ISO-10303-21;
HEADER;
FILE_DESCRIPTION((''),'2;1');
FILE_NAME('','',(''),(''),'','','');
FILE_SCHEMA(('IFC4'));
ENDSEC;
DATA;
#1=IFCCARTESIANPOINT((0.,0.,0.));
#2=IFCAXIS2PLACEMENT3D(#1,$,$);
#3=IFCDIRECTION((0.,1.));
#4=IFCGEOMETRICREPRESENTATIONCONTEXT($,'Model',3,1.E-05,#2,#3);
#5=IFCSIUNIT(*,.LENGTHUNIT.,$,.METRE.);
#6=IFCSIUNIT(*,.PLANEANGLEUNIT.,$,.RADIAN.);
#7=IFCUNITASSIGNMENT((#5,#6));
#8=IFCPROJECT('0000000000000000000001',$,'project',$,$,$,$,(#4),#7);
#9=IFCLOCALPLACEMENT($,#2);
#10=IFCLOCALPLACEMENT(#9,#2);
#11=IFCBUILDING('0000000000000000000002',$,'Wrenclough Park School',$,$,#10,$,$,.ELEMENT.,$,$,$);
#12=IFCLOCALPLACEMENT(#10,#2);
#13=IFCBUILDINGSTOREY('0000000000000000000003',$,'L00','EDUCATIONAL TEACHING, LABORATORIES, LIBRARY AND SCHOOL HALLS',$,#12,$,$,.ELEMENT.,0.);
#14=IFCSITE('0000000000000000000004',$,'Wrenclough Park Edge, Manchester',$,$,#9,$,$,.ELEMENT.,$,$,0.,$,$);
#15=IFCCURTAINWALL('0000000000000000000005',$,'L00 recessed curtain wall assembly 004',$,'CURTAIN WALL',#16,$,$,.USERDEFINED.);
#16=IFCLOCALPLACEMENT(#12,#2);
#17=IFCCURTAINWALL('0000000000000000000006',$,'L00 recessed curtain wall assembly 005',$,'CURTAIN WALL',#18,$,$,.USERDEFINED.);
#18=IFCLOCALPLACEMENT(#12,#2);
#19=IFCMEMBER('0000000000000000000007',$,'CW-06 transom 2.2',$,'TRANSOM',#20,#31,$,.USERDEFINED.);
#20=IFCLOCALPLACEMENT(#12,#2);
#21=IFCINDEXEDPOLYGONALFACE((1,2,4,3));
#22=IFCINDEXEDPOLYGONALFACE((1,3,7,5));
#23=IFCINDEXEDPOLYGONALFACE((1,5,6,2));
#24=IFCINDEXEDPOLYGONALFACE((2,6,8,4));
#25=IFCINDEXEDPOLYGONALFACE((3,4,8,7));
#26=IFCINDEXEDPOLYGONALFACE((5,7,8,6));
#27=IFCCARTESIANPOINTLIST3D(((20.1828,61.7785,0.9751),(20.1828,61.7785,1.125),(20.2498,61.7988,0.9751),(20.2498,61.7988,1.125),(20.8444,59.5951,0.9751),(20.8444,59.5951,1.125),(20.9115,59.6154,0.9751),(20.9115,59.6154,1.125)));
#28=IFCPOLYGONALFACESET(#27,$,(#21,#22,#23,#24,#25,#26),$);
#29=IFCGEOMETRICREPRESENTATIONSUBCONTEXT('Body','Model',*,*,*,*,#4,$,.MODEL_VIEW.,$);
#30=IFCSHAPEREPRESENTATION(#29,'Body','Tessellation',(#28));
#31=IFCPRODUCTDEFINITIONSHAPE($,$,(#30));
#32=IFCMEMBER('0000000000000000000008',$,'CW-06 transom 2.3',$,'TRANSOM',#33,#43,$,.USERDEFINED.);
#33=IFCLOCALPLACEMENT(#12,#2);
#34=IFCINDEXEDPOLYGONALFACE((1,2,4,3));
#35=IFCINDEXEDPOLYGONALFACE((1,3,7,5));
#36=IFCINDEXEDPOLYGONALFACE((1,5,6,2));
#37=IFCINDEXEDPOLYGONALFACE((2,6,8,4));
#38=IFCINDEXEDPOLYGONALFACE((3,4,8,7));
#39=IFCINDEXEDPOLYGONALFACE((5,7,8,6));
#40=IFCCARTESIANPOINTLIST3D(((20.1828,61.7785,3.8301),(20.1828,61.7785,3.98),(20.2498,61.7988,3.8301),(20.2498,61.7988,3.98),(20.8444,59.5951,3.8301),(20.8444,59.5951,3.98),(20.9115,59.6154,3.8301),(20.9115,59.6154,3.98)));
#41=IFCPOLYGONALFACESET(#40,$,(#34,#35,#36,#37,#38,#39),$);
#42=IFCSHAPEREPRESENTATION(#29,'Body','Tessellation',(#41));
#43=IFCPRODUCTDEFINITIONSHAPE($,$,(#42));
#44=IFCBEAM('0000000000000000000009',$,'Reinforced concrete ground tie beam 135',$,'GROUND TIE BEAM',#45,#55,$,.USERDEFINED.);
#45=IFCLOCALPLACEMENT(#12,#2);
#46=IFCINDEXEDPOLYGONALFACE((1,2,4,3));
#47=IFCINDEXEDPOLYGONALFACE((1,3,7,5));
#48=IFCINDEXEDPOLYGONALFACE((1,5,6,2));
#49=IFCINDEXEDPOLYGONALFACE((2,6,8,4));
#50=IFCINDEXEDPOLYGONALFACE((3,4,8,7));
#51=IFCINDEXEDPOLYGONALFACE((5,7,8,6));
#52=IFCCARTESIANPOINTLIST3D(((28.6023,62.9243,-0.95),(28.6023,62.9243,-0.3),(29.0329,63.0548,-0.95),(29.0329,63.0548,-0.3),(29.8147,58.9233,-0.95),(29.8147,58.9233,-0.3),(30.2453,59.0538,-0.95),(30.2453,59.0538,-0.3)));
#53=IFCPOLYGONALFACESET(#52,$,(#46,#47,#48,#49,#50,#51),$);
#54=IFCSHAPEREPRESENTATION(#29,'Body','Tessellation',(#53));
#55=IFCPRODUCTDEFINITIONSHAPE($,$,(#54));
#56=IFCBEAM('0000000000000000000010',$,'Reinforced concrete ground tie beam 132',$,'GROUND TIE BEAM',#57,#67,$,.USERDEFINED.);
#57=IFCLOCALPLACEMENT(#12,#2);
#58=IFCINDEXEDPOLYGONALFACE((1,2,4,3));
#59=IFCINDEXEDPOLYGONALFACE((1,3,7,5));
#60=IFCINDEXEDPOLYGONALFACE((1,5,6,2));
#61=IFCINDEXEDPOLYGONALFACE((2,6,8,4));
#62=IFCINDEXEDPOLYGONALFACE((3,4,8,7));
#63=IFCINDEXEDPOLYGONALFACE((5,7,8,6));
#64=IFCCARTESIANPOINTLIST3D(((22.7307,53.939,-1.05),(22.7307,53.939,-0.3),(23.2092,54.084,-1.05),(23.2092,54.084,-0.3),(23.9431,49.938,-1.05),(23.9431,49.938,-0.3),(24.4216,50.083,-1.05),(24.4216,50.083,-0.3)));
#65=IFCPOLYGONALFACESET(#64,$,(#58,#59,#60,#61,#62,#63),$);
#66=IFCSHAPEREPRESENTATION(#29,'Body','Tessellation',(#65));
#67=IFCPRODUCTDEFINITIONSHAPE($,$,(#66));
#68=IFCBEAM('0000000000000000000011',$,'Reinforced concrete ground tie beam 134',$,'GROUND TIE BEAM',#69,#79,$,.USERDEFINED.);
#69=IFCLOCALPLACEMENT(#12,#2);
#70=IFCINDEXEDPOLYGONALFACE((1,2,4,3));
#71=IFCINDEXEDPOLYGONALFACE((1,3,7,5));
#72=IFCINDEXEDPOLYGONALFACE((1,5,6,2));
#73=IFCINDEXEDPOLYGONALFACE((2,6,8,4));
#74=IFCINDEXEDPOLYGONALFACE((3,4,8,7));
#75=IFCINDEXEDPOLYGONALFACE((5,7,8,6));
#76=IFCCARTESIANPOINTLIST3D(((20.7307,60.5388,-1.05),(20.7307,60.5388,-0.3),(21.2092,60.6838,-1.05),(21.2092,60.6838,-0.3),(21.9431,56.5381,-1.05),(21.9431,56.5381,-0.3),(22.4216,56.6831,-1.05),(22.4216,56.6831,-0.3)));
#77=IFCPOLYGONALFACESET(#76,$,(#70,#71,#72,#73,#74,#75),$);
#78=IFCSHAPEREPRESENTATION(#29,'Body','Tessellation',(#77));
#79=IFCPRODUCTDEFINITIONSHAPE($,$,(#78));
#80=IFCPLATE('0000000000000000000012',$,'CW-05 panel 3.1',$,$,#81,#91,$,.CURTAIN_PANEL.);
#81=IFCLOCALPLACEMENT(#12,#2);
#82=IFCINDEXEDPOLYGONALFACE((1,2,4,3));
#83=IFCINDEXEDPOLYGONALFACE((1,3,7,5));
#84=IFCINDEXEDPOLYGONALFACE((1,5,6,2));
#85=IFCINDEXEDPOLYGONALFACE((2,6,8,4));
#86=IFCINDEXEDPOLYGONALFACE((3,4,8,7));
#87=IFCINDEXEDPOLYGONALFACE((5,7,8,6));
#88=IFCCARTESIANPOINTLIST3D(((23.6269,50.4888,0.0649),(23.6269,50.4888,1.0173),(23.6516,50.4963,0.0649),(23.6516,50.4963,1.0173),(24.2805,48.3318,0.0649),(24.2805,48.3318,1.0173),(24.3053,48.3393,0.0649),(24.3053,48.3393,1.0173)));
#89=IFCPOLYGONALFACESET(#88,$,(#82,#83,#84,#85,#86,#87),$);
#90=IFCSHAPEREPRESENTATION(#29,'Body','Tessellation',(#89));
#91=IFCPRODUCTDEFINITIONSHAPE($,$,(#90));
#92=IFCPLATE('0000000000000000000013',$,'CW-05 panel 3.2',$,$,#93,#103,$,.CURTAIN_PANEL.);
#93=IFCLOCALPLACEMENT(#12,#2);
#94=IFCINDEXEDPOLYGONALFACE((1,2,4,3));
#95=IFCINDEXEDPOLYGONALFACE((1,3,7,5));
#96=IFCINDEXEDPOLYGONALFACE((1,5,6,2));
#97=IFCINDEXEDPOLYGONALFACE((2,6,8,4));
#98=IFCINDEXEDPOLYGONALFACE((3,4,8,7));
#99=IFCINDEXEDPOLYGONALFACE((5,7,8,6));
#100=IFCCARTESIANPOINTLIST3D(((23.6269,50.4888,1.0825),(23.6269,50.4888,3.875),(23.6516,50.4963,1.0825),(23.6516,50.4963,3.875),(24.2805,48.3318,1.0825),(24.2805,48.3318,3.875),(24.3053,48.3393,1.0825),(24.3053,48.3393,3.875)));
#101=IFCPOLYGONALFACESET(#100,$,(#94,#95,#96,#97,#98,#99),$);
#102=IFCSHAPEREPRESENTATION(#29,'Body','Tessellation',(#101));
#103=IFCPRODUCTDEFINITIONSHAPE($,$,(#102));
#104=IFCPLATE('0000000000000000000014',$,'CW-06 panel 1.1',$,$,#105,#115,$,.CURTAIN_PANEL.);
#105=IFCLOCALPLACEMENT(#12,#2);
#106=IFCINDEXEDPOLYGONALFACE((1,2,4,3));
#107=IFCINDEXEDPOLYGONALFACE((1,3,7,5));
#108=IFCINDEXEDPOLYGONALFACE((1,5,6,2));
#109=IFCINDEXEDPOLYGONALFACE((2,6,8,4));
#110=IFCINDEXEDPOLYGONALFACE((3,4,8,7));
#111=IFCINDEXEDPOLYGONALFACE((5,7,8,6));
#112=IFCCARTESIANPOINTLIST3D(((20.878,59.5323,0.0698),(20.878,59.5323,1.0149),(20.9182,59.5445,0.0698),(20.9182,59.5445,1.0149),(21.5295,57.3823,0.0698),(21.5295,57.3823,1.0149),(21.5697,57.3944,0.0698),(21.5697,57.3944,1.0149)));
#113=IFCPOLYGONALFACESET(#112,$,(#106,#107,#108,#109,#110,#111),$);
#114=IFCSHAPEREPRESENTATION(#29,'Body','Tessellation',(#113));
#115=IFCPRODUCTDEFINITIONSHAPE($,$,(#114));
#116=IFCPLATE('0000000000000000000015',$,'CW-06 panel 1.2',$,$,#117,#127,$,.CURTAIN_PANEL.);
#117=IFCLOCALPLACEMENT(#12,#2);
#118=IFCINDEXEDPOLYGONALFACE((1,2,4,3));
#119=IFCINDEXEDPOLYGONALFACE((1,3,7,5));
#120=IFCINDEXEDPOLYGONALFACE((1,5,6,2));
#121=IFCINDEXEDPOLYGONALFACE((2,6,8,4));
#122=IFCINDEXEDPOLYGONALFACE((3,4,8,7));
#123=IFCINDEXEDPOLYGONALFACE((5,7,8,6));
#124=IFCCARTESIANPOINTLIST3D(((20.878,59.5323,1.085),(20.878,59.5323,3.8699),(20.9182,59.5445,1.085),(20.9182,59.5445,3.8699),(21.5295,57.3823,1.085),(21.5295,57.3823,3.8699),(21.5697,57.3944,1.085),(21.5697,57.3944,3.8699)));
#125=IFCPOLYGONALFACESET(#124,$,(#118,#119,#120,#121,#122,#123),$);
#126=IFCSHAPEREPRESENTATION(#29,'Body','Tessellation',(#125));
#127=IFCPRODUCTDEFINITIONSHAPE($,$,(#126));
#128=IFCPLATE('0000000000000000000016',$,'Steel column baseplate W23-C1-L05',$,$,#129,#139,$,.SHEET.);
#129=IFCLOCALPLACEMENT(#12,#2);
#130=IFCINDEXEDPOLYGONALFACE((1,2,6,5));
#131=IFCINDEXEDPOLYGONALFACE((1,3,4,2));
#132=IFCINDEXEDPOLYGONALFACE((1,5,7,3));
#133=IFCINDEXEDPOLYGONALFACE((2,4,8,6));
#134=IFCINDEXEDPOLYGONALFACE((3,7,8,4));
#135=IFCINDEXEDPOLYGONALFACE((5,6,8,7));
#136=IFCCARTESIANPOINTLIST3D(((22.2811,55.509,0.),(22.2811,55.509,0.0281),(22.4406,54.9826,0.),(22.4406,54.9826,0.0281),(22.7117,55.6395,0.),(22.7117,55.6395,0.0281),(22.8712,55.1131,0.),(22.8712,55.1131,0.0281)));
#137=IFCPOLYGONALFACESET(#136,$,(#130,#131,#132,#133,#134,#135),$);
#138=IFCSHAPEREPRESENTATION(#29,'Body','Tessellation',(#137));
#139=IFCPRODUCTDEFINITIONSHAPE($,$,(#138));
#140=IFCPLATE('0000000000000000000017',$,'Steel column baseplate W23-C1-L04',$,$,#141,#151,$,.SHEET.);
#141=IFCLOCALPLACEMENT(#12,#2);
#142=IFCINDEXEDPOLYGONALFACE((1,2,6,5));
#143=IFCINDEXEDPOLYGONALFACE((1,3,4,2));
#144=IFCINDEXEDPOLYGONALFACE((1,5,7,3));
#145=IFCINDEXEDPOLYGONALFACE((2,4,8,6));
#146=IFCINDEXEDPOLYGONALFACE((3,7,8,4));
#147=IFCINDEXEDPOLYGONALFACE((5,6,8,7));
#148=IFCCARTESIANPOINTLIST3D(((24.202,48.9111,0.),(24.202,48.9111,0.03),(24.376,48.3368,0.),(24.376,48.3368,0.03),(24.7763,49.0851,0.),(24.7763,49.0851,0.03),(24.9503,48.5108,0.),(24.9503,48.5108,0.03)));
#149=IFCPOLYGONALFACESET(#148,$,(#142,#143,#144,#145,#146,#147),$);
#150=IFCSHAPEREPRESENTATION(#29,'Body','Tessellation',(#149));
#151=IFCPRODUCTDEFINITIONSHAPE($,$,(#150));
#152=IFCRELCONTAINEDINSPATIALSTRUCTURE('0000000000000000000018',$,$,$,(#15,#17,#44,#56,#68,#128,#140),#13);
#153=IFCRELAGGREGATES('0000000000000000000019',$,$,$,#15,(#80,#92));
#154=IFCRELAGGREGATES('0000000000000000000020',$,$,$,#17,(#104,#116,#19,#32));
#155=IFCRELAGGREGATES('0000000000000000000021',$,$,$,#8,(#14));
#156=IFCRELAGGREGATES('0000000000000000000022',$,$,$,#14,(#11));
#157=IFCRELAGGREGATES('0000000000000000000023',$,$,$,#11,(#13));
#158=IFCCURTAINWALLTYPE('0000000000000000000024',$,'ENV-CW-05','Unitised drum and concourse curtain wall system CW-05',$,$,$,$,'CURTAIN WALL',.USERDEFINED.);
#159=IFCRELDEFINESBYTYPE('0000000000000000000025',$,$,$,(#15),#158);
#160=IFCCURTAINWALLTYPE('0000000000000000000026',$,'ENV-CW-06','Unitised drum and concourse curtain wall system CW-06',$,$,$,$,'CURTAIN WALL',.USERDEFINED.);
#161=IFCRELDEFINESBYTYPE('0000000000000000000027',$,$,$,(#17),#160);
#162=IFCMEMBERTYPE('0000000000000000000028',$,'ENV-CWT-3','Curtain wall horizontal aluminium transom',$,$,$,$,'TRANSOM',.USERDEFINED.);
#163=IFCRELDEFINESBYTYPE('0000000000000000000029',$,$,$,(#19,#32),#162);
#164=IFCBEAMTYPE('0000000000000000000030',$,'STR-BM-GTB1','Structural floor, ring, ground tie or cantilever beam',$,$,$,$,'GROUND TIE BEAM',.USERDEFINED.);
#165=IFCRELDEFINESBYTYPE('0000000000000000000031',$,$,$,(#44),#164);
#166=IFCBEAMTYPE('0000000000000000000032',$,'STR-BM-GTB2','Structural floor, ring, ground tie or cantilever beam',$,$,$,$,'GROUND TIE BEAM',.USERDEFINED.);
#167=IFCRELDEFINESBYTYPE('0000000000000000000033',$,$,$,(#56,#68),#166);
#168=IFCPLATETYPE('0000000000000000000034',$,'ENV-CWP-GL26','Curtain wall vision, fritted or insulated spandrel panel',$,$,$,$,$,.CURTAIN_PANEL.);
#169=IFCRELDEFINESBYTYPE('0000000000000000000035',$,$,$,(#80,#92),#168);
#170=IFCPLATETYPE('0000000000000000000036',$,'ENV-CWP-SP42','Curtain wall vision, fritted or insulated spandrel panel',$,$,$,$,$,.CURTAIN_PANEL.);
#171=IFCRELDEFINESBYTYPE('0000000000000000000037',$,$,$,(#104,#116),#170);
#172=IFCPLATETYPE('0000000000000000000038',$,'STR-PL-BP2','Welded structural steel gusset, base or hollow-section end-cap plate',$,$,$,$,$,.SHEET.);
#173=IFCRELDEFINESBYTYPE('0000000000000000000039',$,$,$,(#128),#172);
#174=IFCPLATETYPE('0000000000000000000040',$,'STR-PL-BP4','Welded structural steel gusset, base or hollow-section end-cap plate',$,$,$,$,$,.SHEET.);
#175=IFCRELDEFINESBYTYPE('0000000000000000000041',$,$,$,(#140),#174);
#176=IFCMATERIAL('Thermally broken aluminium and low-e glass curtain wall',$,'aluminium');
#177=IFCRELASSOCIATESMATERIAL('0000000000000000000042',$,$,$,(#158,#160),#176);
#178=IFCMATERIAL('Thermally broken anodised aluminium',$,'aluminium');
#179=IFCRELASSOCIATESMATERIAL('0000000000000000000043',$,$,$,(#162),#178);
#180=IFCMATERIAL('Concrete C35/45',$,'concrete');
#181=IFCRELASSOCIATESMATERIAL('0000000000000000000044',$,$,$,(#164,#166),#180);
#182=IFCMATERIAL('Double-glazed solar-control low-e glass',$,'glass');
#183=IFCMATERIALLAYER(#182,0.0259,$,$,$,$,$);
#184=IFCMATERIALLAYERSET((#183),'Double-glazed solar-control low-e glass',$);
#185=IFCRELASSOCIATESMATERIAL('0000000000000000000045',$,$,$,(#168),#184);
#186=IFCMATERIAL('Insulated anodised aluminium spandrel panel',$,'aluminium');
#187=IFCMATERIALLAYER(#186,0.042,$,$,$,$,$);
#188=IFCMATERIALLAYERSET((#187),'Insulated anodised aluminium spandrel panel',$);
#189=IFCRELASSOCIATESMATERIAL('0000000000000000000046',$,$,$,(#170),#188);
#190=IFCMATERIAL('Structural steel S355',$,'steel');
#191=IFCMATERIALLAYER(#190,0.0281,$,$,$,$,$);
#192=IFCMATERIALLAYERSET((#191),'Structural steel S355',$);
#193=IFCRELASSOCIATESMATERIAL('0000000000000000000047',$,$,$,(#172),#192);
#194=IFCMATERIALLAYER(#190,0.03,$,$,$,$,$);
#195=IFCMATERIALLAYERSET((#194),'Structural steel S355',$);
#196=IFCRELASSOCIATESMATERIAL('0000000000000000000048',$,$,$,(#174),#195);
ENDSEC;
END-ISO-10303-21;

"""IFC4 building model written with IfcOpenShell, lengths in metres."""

from ifc_helpers import new_model, si_unit, direction, frame, origin, origin_2d, place, context, subcontext, project, spatial, rectangle, extrude, material, layer, layer_set, material_profile, profile_set, type_object, element, aggregate, save


model = new_model("IFC4")

# Units and contexts
model_context = context("Model", 3, precision=1e-05, world=origin(), true_north=direction((0.0, 1.0)))
body_context = subcontext(model_context, "Body", "Model", "MODEL_VIEW")
ifc_project = project(units=[si_unit("LENGTHUNIT", "METRE"), si_unit("PLANEANGLEUNIT", "RADIAN")], contexts=[model_context])

# Site, building, storey
site_placement = place(None, origin())
site = spatial("IfcSite", under=ifc_project, at=site_placement, Name="Wrenclough Park Edge, Manchester", CompositionType="ELEMENT", RefElevation=0.0)
building_placement = place(site_placement, origin())
building = spatial("IfcBuilding", under=site, at=building_placement, Name="Wrenclough Park School", CompositionType="ELEMENT")
storey_placement = place(building_placement, origin())
storey = spatial("IfcBuildingStorey", under=building, at=storey_placement, Name="L00", Description="EDUCATIONAL TEACHING, LABORATORIES, LIBRARY AND SCHOOL HALLS", CompositionType="ELEMENT", Elevation=0.0)

# Shared definitions
ifc_material_1 = material(Name="Concrete C35/45", Category="concrete")

# Shared definitions
ifc_material_2 = material(Name="Structural steel S355", Category="steel")

# Curtain wall
ifc_material_3 = material(Name="Thermally broken aluminium and low-e glass curtain wall", Category="aluminium")
curtain_wall_type_1 = type_object("IfcCurtainWallType", Name="ENV-CW-05", Description="Unitised drum and concourse curtain wall system CW-05", ElementType="CURTAIN WALL", PredefinedType="USERDEFINED", material=ifc_material_3)
curtain_wall_1_placement = place(storey_placement, origin())
curtain_wall_1 = element("IfcCurtainWall", 1, at=curtain_wall_1_placement, inside=storey, type_object=curtain_wall_type_1, Name="L00 recessed curtain wall assembly 004", ObjectType="CURTAIN WALL", PredefinedType="USERDEFINED")
ifc_material_4 = material(Name="Thermally broken anodised aluminium", Category="aluminium")

# Curtain wall
curtain_wall_type_2 = type_object("IfcCurtainWallType", Name="ENV-CW-06", Description="Unitised drum and concourse curtain wall system CW-06", ElementType="CURTAIN WALL", PredefinedType="USERDEFINED", material=ifc_material_3)
curtain_wall_2_placement = place(storey_placement, origin())
curtain_wall_2 = element("IfcCurtainWall", 2, at=curtain_wall_2_placement, inside=storey, type_object=curtain_wall_type_2, Name="L00 recessed curtain wall assembly 005", ObjectType="CURTAIN WALL", PredefinedType="USERDEFINED")

# Members
ifc_material_profile_1 = material_profile(ifc_material_4, rectangle(XDim=0.0701, YDim=0.1499, at=origin_2d()), Name="AL TRANSOM 70x150")
ifc_profile_set_1 = profile_set([ifc_material_profile_1], Name="Thermally broken anodised aluminium")
member_type_1 = type_object("IfcMemberType", Name="ENV-CWT-3", Description="Curtain wall horizontal aluminium transom", ElementType="TRANSOM", PredefinedType="USERDEFINED", material=ifc_profile_set_1)
member_1_placement = place(storey_placement, frame((20.8779, 59.6052, 1.05), z_axis=(-0.290007, 0.957024, 0.0), x_axis=(-0.957024, -0.290007, 0.0)))
member_1 = element("IfcMember", 3, at=member_1_placement, type_object=member_type_1, Name="CW-06 transom 2.2", ObjectType="TRANSOM", PredefinedType="USERDEFINED", context=body_context, shape_type="SweptSolid", body=[
    extrude(rectangle(XDim=0.0701, YDim=0.1499, at=origin_2d()), origin(), (0.0, 0.0, 1.0), 2.2815),
])
member_2_placement = place(storey_placement, frame((20.8779, 59.6052, 3.905), z_axis=(-0.290007, 0.957024, 0.0), x_axis=(-0.957024, -0.290007, 0.0)))
member_2 = element("IfcMember", 4, at=member_2_placement, type_object=member_type_1, Name="CW-06 transom 2.3", ObjectType="TRANSOM", PredefinedType="USERDEFINED", context=body_context, shape_type="SweptSolid", body=[
    extrude(rectangle(XDim=0.0701, YDim=0.1499, at=origin_2d()), origin(), (0.0, 0.0, 1.0), 2.2815),
])

# Beams
ifc_material_profile_2 = material_profile(ifc_material_1, rectangle(XDim=0.45, YDim=0.6499, at=origin_2d()), Name="RC GROUND 450x650")
ifc_profile_set_2 = profile_set([ifc_material_profile_2], Name="Concrete C35/45")
beam_type_1 = type_object("IfcBeamType", Name="STR-BM-GTB1", Description="Structural floor, ring, ground tie or cantilever beam", ElementType="GROUND TIE BEAM", PredefinedType="USERDEFINED", material=ifc_profile_set_2)
beam_1_placement = place(storey_placement, frame((30.03, 58.9885, -0.625), z_axis=(-0.290004, 0.957025, 0.0), x_axis=(-0.957025, -0.290004, 0.0)))
element("IfcBeam", 5, at=beam_1_placement, inside=storey, type_object=beam_type_1, Name="Reinforced concrete ground tie beam 135", ObjectType="GROUND TIE BEAM", PredefinedType="USERDEFINED", context=body_context, shape_type="SweptSolid", body=[
    extrude(rectangle(XDim=0.45, YDim=0.6499, at=origin_2d()), origin(), (0.0, 0.0, 1.0), 4.1807),
])
ifc_material_profile_3 = material_profile(ifc_material_1, rectangle(XDim=0.5, YDim=0.75, at=origin_2d()), Name="RC GROUND 500x750")
ifc_profile_set_3 = profile_set([ifc_material_profile_3], Name="Concrete C35/45")
beam_type_2 = type_object("IfcBeamType", Name="STR-BM-GTB2", Description="Structural floor, ring, ground tie or cantilever beam", ElementType="GROUND TIE BEAM", PredefinedType="USERDEFINED", material=ifc_profile_set_3)
beam_2_placement = place(storey_placement, frame((24.1824, 50.0105, -0.675), z_axis=(-0.290004, 0.957025, 0.0), x_axis=(-0.957025, -0.290004, 0.0)))
element("IfcBeam", 6, at=beam_2_placement, inside=storey, type_object=beam_type_2, Name="Reinforced concrete ground tie beam 132", ObjectType="GROUND TIE BEAM", PredefinedType="USERDEFINED", context=body_context, shape_type="SweptSolid", body=[
    extrude(rectangle(XDim=0.5, YDim=0.75, at=origin_2d()), origin(), (0.0, 0.0, 1.0), 4.1807),
])
beam_3_placement = place(storey_placement, frame((22.1824, 56.6106, -0.675), z_axis=(-0.29002, 0.95702, 0.0), x_axis=(-0.95702, -0.29002, 0.0)))
element("IfcBeam", 7, at=beam_3_placement, inside=storey, type_object=beam_type_2, Name="Reinforced concrete ground tie beam 134", ObjectType="GROUND TIE BEAM", PredefinedType="USERDEFINED", context=body_context, shape_type="SweptSolid", body=[
    extrude(rectangle(XDim=0.5, YDim=0.75, at=origin_2d()), origin(), (0.0, 0.0, 1.0), 4.1804),
])

# Plates
ifc_material_5 = material(Name="Double-glazed solar-control low-e glass", Category="glass")
ifc_layer_1 = layer(ifc_material_5, 0.0259)
ifc_layer_set_1 = layer_set([ifc_layer_1], Name="Double-glazed solar-control low-e glass")
plate_type_1 = type_object("IfcPlateType", Name="ENV-CWP-GL26", Description="Curtain wall vision, fritted or insulated spandrel panel", PredefinedType="CURTAIN_PANEL", material=ifc_layer_set_1)
plate_1_placement = place(storey_placement, frame((23.9661, 49.4141, 0.0649), z_axis=(0.0, 0.0, 1.0), x_axis=(-0.290001, 0.957026, 0.0)))
plate_1 = element("IfcPlate", 8, at=plate_1_placement, type_object=plate_type_1, Name="CW-05 panel 3.1", PredefinedType="CURTAIN_PANEL", context=body_context, shape_type="SweptSolid", body=[
    extrude(rectangle(XDim=2.2539, YDim=0.0259, at=origin_2d()), origin(), (0.0, 0.0, 1.0), 0.9524),
])
plate_2_placement = place(storey_placement, frame((23.9661, 49.4141, 1.0825), z_axis=(0.0, 0.0, 1.0), x_axis=(-0.290001, 0.957026, 0.0)))
plate_2 = element("IfcPlate", 9, at=plate_2_placement, type_object=plate_type_1, Name="CW-05 panel 3.2", PredefinedType="CURTAIN_PANEL", context=body_context, shape_type="SweptSolid", body=[
    extrude(rectangle(XDim=2.2539, YDim=0.0259, at=origin_2d()), origin(), (0.0, 0.0, 1.0), 2.7925),
])
aggregate(curtain_wall_1, [plate_1, plate_2])
ifc_material_6 = material(Name="Insulated anodised aluminium spandrel panel", Category="aluminium")
ifc_layer_2 = layer(ifc_material_6, 0.042)
ifc_layer_set_2 = layer_set([ifc_layer_2], Name="Insulated anodised aluminium spandrel panel")
plate_type_2 = type_object("IfcPlateType", Name="ENV-CWP-SP42", Description="Curtain wall vision, fritted or insulated spandrel panel", PredefinedType="CURTAIN_PANEL", material=ifc_layer_set_2)
plate_3_placement = place(storey_placement, frame((21.2239, 58.4634, 0.0698), z_axis=(0.0, 0.0, 1.0), x_axis=(-0.289988, 0.95703, 0.0)))
plate_3 = element("IfcPlate", 10, at=plate_3_placement, type_object=plate_type_2, Name="CW-06 panel 1.1", PredefinedType="CURTAIN_PANEL", context=body_context, shape_type="SweptSolid", body=[
    extrude(rectangle(XDim=2.2466, YDim=0.042, at=origin_2d()), origin(), (0.0, 0.0, 1.0), 0.9451),
])
plate_4_placement = place(storey_placement, frame((21.2239, 58.4634, 1.085), z_axis=(0.0, 0.0, 1.0), x_axis=(-0.289988, 0.95703, 0.0)))
plate_4 = element("IfcPlate", 11, at=plate_4_placement, type_object=plate_type_2, Name="CW-06 panel 1.2", PredefinedType="CURTAIN_PANEL", context=body_context, shape_type="SweptSolid", body=[
    extrude(rectangle(XDim=2.2466, YDim=0.042, at=origin_2d()), origin(), (0.0, 0.0, 1.0), 2.7849),
])
aggregate(curtain_wall_2, [plate_3, plate_4, member_1, member_2])

# Plates
ifc_layer_3 = layer(ifc_material_2, 0.0281)
ifc_layer_set_3 = layer_set([ifc_layer_3], Name="Structural steel S355")
plate_type_3 = type_object("IfcPlateType", Name="STR-PL-BP2", Description="Welded structural steel gusset, base or hollow-section end-cap plate", PredefinedType="SHEET", material=ifc_layer_set_3)
plate_5_placement = place(storey_placement, frame((22.5762, 55.311, 0.0), z_axis=(0.0, 0.0, 1.0), x_axis=(-0.290034, 0.957016, 0.0)))
element("IfcPlate", 12, at=plate_5_placement, inside=storey, type_object=plate_type_3, Name="Steel column baseplate W23-C1-L05", PredefinedType="SHEET", context=body_context, shape_type="SweptSolid", body=[
    extrude(rectangle(XDim=0.55, YDim=0.45, at=origin_2d()), origin(), (0.0, 0.0, 1.0), 0.0281),
])
ifc_layer_4 = layer(ifc_material_2, 0.03)
ifc_layer_set_4 = layer_set([ifc_layer_4], Name="Structural steel S355")
plate_type_4 = type_object("IfcPlateType", Name="STR-PL-BP4", Description="Welded structural steel gusset, base or hollow-section end-cap plate", PredefinedType="SHEET", material=ifc_layer_set_4)
plate_6_placement = place(storey_placement, frame((24.5762, 48.7109, 0.0), z_axis=(0.0, 0.0, 1.0), x_axis=(-0.290034, 0.957016, 0.0)))
element("IfcPlate", 13, at=plate_6_placement, inside=storey, type_object=plate_type_4, Name="Steel column baseplate W23-C1-L04", PredefinedType="SHEET", context=body_context, shape_type="SweptSolid", body=[
    extrude(rectangle(XDim=0.6001, YDim=0.6001, at=origin_2d()), origin(), (0.0, 0.0, 1.0), 0.03),
])

save(model, "model.ifc")
